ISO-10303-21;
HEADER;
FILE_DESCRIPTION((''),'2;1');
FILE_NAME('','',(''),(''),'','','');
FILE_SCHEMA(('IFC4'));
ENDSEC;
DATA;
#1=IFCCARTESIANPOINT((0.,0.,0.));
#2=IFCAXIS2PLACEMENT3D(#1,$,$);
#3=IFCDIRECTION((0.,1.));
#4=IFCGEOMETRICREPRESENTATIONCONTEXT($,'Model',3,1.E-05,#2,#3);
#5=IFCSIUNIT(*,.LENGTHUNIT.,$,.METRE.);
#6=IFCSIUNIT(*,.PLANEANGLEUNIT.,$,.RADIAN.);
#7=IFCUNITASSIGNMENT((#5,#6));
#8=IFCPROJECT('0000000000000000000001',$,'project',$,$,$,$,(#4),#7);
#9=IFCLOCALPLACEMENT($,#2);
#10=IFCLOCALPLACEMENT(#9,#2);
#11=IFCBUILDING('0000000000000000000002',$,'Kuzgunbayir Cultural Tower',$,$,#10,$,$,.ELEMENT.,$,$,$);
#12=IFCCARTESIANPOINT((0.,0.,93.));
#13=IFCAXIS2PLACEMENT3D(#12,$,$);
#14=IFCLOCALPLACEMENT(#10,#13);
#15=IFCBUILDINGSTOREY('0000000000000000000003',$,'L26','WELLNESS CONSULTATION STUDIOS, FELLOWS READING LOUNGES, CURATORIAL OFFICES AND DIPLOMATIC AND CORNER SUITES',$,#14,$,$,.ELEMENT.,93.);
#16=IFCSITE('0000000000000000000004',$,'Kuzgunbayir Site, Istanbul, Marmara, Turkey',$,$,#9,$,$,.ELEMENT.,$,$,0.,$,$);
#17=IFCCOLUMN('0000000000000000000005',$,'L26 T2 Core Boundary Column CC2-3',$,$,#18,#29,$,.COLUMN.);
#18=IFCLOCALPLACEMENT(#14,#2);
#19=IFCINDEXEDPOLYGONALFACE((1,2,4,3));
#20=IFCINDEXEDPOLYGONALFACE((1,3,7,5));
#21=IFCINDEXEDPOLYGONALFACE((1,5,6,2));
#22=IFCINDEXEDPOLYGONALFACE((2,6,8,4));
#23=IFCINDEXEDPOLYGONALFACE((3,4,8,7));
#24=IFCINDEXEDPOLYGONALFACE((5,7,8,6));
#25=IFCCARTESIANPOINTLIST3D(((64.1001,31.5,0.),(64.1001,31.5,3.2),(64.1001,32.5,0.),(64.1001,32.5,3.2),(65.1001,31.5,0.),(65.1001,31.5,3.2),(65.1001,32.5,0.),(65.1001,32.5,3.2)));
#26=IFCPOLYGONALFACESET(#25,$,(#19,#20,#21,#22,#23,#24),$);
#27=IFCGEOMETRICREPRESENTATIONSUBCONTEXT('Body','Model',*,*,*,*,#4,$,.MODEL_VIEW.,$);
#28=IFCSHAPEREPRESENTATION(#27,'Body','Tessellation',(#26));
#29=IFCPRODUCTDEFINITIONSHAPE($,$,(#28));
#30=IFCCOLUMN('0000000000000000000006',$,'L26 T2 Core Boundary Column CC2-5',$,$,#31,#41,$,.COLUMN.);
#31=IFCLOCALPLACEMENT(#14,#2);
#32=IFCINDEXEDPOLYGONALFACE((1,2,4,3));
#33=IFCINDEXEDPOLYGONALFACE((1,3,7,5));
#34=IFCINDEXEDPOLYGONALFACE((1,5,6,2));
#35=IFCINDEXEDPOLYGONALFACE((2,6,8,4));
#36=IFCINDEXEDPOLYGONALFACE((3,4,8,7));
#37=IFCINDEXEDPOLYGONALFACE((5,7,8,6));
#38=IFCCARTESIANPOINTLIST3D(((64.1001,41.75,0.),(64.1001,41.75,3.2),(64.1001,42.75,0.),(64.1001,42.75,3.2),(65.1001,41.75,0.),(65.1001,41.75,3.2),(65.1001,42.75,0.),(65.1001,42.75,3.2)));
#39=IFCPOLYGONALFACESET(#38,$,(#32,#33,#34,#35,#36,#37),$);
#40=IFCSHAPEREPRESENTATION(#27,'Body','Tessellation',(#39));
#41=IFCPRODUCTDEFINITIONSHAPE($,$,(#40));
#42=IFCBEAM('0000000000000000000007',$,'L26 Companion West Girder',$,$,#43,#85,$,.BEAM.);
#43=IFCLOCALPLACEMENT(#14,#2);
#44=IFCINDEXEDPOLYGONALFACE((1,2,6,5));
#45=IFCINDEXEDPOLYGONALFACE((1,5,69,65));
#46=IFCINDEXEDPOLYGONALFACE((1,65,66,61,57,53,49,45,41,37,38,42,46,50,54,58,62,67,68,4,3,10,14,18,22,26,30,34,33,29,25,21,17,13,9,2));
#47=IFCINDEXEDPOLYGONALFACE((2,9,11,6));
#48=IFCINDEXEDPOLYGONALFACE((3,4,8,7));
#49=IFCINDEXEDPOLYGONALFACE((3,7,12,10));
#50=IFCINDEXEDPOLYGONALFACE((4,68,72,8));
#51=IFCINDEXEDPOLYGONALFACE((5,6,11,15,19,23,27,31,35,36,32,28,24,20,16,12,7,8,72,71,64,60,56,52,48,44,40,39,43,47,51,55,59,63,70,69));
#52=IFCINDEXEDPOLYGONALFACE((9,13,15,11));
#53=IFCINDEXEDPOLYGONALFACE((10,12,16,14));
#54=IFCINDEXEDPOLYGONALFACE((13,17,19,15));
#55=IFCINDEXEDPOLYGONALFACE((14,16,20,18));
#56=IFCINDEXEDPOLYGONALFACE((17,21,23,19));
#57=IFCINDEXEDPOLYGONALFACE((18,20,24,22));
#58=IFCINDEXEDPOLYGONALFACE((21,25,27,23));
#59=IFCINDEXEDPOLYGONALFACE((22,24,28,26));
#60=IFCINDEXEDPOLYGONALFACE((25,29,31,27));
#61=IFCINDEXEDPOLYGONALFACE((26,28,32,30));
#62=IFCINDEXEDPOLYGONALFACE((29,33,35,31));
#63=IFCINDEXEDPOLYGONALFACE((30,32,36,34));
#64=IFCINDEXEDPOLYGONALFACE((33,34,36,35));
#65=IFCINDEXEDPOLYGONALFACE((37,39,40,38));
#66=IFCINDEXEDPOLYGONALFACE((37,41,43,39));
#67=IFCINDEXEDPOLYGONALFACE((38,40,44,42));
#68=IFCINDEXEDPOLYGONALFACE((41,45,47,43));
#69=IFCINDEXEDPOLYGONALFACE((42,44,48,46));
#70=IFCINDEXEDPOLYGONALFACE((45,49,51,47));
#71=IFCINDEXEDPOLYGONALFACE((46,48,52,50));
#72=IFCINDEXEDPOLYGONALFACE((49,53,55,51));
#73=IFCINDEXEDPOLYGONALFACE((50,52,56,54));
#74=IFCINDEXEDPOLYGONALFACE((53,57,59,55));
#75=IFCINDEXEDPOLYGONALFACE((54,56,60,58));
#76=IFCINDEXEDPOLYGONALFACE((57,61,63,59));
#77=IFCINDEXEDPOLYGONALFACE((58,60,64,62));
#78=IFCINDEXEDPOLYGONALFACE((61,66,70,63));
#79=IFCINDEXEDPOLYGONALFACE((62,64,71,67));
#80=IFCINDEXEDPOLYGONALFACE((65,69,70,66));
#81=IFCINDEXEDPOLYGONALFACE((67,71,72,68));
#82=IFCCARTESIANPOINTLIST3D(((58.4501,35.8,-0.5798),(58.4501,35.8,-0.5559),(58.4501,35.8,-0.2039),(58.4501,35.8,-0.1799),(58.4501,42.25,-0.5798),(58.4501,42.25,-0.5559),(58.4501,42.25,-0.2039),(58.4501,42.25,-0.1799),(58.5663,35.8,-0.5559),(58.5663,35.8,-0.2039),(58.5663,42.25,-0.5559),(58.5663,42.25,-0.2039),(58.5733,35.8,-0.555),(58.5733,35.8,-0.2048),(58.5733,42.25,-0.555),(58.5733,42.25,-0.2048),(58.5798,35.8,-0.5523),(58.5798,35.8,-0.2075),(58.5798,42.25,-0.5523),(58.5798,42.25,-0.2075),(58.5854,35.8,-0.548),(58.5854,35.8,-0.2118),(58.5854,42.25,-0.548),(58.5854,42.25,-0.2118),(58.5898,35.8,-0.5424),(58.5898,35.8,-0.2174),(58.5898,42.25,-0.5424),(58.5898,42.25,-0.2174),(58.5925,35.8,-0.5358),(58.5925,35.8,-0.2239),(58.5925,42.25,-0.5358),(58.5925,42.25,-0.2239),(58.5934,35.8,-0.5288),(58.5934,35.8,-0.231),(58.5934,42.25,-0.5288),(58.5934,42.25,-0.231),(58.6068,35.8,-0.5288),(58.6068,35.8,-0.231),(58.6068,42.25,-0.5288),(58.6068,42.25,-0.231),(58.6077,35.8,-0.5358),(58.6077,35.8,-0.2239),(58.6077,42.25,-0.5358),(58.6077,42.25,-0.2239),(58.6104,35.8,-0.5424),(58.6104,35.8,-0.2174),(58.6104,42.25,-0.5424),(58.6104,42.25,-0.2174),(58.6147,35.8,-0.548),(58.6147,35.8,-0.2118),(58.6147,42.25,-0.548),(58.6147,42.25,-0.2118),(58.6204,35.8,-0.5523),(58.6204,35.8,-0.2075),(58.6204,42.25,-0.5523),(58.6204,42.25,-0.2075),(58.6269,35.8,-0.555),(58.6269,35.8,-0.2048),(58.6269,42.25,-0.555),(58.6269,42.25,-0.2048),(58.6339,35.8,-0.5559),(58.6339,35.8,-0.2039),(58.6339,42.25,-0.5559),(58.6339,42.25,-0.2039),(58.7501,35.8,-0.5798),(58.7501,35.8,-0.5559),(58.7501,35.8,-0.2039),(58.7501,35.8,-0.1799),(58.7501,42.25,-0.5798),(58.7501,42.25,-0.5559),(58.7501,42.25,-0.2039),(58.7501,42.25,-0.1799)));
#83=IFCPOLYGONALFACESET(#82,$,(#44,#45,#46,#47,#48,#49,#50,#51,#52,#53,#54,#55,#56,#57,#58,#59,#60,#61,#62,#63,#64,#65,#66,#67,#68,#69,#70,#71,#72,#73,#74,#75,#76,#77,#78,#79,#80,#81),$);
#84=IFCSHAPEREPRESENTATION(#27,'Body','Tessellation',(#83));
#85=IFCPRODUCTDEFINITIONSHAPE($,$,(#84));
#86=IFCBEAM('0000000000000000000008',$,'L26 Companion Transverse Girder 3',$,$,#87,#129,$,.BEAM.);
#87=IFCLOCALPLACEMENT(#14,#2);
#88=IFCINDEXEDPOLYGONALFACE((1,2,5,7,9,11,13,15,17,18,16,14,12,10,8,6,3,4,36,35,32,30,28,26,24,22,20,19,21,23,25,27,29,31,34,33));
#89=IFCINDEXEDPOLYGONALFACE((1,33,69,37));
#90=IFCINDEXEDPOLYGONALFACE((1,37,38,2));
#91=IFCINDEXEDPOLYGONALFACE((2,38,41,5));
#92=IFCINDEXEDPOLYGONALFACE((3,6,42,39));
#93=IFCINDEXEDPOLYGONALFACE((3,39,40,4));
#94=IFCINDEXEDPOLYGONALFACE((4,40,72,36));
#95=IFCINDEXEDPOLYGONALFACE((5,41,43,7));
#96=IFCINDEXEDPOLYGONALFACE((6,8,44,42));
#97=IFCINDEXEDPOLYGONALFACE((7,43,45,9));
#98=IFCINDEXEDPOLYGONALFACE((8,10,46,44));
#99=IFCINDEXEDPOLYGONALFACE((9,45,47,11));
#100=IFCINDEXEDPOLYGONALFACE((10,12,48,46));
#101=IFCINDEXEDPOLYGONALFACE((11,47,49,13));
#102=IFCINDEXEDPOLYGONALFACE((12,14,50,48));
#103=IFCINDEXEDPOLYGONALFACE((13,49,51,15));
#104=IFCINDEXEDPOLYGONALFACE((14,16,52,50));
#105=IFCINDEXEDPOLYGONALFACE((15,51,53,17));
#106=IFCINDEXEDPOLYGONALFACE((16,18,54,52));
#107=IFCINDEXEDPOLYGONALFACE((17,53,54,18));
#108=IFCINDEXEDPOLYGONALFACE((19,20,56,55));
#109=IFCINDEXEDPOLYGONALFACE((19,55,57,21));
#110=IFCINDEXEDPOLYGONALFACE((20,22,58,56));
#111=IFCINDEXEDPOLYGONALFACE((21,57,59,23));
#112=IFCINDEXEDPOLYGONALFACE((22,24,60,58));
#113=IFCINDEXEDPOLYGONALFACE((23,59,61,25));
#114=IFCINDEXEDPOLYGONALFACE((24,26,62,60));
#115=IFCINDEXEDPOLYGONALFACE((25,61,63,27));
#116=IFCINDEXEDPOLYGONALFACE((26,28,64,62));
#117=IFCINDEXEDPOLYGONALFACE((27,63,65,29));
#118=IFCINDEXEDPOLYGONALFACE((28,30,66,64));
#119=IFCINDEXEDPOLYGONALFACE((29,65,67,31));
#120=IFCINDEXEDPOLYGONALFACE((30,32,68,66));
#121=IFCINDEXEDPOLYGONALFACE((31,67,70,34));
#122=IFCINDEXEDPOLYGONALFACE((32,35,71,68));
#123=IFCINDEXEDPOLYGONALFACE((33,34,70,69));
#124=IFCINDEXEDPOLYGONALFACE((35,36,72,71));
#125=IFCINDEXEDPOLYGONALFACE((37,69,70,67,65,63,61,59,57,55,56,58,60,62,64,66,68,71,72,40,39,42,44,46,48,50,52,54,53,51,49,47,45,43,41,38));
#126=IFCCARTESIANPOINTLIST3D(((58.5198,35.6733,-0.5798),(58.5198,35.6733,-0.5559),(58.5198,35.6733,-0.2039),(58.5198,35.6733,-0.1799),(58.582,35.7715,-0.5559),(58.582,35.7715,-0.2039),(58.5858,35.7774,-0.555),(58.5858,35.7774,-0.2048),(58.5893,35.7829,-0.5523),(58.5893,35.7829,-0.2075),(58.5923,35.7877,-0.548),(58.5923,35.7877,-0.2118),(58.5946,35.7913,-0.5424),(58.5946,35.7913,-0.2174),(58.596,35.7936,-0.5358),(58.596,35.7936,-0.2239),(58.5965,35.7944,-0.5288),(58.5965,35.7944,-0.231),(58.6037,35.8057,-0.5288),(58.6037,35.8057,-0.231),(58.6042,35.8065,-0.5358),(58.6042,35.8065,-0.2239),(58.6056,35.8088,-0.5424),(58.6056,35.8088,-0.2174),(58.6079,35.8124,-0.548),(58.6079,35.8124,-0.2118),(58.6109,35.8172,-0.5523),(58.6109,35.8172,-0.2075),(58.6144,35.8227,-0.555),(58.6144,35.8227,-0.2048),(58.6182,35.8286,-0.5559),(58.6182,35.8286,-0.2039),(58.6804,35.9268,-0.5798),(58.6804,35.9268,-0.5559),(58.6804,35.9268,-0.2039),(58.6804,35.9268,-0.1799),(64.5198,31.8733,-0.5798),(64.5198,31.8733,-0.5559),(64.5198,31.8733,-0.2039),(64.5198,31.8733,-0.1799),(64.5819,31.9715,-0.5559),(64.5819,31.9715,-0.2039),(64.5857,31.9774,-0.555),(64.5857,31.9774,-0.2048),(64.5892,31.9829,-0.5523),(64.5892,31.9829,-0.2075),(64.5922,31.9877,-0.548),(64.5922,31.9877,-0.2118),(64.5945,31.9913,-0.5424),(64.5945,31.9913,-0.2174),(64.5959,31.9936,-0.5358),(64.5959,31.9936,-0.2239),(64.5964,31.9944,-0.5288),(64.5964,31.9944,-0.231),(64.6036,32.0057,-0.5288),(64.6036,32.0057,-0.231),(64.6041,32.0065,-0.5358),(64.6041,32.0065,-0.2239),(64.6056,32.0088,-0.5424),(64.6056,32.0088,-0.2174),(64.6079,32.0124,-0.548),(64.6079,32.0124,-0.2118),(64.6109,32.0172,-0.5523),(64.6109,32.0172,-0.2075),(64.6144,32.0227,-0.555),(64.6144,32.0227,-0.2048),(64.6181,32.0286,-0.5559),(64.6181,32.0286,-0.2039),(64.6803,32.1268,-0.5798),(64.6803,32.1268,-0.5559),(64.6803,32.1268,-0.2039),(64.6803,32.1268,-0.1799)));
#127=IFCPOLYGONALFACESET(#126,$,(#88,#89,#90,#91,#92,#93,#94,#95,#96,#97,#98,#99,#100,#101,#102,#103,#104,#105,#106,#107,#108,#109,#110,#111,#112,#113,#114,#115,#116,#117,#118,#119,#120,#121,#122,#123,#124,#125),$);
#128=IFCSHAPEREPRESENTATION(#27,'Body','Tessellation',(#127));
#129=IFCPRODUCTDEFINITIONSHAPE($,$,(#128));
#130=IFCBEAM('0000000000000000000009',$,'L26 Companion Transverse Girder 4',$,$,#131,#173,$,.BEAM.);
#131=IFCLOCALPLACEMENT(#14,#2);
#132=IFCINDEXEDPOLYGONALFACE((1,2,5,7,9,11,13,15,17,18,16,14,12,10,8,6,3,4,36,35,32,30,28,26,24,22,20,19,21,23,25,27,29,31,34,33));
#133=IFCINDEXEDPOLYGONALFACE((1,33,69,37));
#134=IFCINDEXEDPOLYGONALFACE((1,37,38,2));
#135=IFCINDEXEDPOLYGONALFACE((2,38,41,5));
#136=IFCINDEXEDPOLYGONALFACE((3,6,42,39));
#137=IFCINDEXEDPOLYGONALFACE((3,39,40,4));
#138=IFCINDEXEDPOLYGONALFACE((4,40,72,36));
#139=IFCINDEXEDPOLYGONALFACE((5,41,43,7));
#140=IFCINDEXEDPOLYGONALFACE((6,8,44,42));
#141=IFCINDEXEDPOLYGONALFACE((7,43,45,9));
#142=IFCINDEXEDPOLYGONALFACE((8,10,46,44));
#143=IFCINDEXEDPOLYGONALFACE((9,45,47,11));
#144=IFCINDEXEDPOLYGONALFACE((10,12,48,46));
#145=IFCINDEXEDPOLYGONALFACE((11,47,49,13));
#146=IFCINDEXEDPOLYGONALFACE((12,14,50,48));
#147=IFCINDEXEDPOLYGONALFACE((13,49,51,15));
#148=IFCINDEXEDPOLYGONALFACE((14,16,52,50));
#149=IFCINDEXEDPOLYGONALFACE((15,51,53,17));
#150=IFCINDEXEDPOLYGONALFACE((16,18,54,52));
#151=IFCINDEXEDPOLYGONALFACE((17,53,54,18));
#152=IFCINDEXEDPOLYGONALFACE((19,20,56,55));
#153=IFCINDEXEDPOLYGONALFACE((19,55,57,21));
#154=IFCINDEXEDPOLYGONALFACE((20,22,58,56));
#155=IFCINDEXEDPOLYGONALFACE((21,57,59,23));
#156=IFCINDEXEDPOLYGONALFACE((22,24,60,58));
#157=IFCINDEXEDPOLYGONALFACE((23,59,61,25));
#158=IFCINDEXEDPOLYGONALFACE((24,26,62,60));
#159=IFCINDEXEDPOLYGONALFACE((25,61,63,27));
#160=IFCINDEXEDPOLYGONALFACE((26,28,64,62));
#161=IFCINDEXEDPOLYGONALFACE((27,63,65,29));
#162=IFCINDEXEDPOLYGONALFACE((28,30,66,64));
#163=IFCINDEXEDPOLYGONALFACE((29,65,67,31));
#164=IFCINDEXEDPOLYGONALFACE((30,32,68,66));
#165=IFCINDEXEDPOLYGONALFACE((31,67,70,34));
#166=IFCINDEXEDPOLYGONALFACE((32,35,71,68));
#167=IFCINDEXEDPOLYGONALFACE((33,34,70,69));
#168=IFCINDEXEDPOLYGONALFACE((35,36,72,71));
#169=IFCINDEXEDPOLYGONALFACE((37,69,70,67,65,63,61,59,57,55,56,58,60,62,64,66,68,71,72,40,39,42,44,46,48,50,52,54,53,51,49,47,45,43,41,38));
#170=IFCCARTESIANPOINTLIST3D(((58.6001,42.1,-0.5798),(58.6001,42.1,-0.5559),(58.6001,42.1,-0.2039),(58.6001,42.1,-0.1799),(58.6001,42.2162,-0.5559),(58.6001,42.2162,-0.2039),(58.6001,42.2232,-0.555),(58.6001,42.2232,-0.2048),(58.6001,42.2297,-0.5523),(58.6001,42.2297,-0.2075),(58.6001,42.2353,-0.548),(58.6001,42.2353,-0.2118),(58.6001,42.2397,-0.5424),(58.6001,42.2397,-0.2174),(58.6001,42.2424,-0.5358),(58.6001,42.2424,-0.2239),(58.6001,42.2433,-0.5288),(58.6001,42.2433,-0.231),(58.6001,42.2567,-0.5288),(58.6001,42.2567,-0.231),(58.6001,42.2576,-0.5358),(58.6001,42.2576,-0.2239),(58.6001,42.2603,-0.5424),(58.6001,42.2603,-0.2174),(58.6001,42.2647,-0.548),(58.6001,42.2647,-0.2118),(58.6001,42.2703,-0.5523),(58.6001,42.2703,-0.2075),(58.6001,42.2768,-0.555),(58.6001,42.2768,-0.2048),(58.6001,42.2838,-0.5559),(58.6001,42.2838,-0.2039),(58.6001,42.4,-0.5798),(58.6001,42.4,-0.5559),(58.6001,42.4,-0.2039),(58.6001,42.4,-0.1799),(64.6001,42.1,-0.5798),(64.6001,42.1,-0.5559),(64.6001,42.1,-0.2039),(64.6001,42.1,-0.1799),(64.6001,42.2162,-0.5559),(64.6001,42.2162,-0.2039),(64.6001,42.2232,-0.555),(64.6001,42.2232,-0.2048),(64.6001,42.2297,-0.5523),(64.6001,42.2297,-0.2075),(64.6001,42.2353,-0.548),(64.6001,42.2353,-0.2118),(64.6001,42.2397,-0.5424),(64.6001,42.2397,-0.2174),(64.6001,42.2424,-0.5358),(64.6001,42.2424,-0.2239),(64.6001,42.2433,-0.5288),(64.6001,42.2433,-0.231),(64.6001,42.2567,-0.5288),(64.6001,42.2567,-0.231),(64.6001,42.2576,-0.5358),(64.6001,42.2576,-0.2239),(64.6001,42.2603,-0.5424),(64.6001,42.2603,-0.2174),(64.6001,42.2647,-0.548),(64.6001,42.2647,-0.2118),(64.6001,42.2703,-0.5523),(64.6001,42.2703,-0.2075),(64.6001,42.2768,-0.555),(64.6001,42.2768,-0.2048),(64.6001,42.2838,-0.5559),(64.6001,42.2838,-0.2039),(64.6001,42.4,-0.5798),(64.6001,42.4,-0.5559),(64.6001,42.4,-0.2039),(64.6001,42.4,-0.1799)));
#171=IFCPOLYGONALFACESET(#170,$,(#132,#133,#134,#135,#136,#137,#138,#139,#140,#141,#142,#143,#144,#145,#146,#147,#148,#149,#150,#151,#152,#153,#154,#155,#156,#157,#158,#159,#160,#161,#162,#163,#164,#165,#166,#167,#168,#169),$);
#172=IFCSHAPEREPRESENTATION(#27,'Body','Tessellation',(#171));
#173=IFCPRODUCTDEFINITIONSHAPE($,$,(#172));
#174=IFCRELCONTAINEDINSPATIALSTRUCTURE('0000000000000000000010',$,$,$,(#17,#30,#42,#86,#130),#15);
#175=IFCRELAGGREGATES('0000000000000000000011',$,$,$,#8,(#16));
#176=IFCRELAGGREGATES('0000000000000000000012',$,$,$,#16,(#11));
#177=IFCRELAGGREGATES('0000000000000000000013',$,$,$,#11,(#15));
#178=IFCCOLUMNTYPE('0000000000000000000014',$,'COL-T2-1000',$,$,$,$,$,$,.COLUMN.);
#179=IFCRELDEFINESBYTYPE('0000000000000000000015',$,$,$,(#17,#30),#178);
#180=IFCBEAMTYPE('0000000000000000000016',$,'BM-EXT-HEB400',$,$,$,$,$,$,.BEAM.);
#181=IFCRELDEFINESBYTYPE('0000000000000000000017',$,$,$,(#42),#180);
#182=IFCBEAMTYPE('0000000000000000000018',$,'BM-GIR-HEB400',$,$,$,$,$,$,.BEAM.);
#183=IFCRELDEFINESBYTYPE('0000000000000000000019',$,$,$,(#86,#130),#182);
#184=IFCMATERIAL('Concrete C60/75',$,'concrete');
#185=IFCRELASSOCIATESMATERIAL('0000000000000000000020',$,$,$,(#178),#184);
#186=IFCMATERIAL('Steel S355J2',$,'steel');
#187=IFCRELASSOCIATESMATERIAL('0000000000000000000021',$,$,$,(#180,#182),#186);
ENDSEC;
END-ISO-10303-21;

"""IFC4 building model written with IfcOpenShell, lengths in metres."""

from ifc_helpers import new_model, si_unit, direction, frame, origin, origin_2d, place, context, subcontext, project, spatial, rectangle, i_section, extrude, material, material_profile, profile_set, type_object, element, save


model = new_model("IFC4")

# Units and contexts
model_context = context("Model", 3, precision=1e-05, world=origin(), true_north=direction((0.0, 1.0)))
body_context = subcontext(model_context, "Body", "Model", "MODEL_VIEW")
ifc_project = project(units=[si_unit("LENGTHUNIT", "METRE"), si_unit("PLANEANGLEUNIT", "RADIAN")], contexts=[model_context])

# Site, building, storey
site_placement = place(None, origin())
site = spatial("IfcSite", under=ifc_project, at=site_placement, Name="Kuzgunbayir Site, Istanbul, Marmara, Turkey", CompositionType="ELEMENT", RefElevation=0.0)
building_placement = place(site_placement, origin())
building = spatial("IfcBuilding", under=site, at=building_placement, Name="Kuzgunbayir Cultural Tower", CompositionType="ELEMENT")
storey_placement = place(building_placement, frame((0.0, 0.0, 93.0)))
storey = spatial("IfcBuildingStorey", under=building, at=storey_placement, Name="L26", Description="WELLNESS CONSULTATION STUDIOS, FELLOWS READING LOUNGES, CURATORIAL OFFICES AND DIPLOMATIC AND CORNER SUITES", CompositionType="ELEMENT", Elevation=93.0)

# Columns
ifc_material_1 = material(Name="Concrete C60/75", Category="concrete")
ifc_material_profile_1 = material_profile(ifc_material_1, rectangle(XDim=1.0, YDim=1.0, at=origin_2d()), Name="RC 1000x1000")
ifc_profile_set_1 = profile_set([ifc_material_profile_1], Name="Concrete C60/75")
column_type = type_object("IfcColumnType", Name="COL-T2-1000", PredefinedType="COLUMN", material=ifc_profile_set_1)
for number, where, z_axis, x_axis, name in (
    (1, (64.6001, 32.0, 0.0), (0.0, 0.0, 1.0), (1.0, 0.0, 0.0), "L26 T2 Core Boundary Column CC2-3"),
    (2, (64.6001, 42.25, 0.0), (0.0, 0.0, 1.0), (1.0, 0.0, 0.0), "L26 T2 Core Boundary Column CC2-5"),
):
    element("IfcColumn", number, at=place(storey_placement, frame(where, z_axis=z_axis, x_axis=x_axis)), inside=storey, type_object=column_type, Name=name, PredefinedType="COLUMN", context=body_context, shape_type="SweptSolid", body=[
        extrude(rectangle(XDim=1.0, YDim=1.0, at=origin_2d()), origin(), (0.0, 0.0, 1.0), 3.2),
    ])

# Beams
ifc_material_2 = material(Name="Steel S355J2", Category="steel")
ifc_material_profile_2 = material_profile(ifc_material_2, i_section(OverallWidth=0.3, OverallDepth=0.3999, WebThickness=0.0134, FlangeThickness=0.0239, FilletRadius=0.0271, at=origin_2d()), Name="HEB 400")
ifc_profile_set_2 = profile_set([ifc_material_profile_2], Name="Steel S355J2")
beam_type_1 = type_object("IfcBeamType", Name="BM-EXT-HEB400", PredefinedType="BEAM", material=ifc_profile_set_2)
beam_1_placement = place(storey_placement, frame((58.6001, 35.8, -0.3799), z_axis=(0.0, 1.0, 0.0), x_axis=(-1.0, 0.0, 0.0)))
element("IfcBeam", 3, at=beam_1_placement, inside=storey, type_object=beam_type_1, Name="L26 Companion West Girder", PredefinedType="BEAM", context=body_context, shape_type="SweptSolid", body=[
    extrude(i_section(OverallWidth=0.3, OverallDepth=0.3999, WebThickness=0.0134, FlangeThickness=0.0239, FilletRadius=0.0271, at=origin_2d()), origin(), (0.0, 0.0, 1.0), 6.45),
])
ifc_material_profile_3 = material_profile(ifc_material_2, i_section(OverallWidth=0.3, OverallDepth=0.3999, WebThickness=0.0134, FlangeThickness=0.0239, FilletRadius=0.0271, at=origin_2d()), Name="HEB 400")
ifc_profile_set_3 = profile_set([ifc_material_profile_3], Name="Steel S355J2")
beam_type_2 = type_object("IfcBeamType", Name="BM-GIR-HEB400", PredefinedType="BEAM", material=ifc_profile_set_3)
beam_2_placement = place(storey_placement, frame((58.6001, 35.8, -0.3799), z_axis=(0.844816, -0.535057, 0.0), x_axis=(0.535057, 0.844816, 0.0)))
element("IfcBeam", 4, at=beam_2_placement, inside=storey, type_object=beam_type_2, Name="L26 Companion Transverse Girder 3", PredefinedType="BEAM", context=body_context, shape_type="SweptSolid", body=[
    extrude(i_section(OverallWidth=0.3, OverallDepth=0.3999, WebThickness=0.0134, FlangeThickness=0.0239, FilletRadius=0.0271, at=origin_2d()), origin(), (0.0, 0.0, 1.0), 7.1021),
])
beam_3_placement = place(storey_placement, frame((58.6001, 42.25, -0.3799), z_axis=(1.0, 0.0, 0.0), x_axis=(0.0, 1.0, 0.0)))
element("IfcBeam", 5, at=beam_3_placement, inside=storey, type_object=beam_type_2, Name="L26 Companion Transverse Girder 4", PredefinedType="BEAM", context=body_context, shape_type="SweptSolid", body=[
    extrude(i_section(OverallWidth=0.3, OverallDepth=0.3999, WebThickness=0.0134, FlangeThickness=0.0239, FilletRadius=0.0271, at=origin_2d()), origin(), (0.0, 0.0, 1.0), 6.0),
])

save(model, "model.ifc")
